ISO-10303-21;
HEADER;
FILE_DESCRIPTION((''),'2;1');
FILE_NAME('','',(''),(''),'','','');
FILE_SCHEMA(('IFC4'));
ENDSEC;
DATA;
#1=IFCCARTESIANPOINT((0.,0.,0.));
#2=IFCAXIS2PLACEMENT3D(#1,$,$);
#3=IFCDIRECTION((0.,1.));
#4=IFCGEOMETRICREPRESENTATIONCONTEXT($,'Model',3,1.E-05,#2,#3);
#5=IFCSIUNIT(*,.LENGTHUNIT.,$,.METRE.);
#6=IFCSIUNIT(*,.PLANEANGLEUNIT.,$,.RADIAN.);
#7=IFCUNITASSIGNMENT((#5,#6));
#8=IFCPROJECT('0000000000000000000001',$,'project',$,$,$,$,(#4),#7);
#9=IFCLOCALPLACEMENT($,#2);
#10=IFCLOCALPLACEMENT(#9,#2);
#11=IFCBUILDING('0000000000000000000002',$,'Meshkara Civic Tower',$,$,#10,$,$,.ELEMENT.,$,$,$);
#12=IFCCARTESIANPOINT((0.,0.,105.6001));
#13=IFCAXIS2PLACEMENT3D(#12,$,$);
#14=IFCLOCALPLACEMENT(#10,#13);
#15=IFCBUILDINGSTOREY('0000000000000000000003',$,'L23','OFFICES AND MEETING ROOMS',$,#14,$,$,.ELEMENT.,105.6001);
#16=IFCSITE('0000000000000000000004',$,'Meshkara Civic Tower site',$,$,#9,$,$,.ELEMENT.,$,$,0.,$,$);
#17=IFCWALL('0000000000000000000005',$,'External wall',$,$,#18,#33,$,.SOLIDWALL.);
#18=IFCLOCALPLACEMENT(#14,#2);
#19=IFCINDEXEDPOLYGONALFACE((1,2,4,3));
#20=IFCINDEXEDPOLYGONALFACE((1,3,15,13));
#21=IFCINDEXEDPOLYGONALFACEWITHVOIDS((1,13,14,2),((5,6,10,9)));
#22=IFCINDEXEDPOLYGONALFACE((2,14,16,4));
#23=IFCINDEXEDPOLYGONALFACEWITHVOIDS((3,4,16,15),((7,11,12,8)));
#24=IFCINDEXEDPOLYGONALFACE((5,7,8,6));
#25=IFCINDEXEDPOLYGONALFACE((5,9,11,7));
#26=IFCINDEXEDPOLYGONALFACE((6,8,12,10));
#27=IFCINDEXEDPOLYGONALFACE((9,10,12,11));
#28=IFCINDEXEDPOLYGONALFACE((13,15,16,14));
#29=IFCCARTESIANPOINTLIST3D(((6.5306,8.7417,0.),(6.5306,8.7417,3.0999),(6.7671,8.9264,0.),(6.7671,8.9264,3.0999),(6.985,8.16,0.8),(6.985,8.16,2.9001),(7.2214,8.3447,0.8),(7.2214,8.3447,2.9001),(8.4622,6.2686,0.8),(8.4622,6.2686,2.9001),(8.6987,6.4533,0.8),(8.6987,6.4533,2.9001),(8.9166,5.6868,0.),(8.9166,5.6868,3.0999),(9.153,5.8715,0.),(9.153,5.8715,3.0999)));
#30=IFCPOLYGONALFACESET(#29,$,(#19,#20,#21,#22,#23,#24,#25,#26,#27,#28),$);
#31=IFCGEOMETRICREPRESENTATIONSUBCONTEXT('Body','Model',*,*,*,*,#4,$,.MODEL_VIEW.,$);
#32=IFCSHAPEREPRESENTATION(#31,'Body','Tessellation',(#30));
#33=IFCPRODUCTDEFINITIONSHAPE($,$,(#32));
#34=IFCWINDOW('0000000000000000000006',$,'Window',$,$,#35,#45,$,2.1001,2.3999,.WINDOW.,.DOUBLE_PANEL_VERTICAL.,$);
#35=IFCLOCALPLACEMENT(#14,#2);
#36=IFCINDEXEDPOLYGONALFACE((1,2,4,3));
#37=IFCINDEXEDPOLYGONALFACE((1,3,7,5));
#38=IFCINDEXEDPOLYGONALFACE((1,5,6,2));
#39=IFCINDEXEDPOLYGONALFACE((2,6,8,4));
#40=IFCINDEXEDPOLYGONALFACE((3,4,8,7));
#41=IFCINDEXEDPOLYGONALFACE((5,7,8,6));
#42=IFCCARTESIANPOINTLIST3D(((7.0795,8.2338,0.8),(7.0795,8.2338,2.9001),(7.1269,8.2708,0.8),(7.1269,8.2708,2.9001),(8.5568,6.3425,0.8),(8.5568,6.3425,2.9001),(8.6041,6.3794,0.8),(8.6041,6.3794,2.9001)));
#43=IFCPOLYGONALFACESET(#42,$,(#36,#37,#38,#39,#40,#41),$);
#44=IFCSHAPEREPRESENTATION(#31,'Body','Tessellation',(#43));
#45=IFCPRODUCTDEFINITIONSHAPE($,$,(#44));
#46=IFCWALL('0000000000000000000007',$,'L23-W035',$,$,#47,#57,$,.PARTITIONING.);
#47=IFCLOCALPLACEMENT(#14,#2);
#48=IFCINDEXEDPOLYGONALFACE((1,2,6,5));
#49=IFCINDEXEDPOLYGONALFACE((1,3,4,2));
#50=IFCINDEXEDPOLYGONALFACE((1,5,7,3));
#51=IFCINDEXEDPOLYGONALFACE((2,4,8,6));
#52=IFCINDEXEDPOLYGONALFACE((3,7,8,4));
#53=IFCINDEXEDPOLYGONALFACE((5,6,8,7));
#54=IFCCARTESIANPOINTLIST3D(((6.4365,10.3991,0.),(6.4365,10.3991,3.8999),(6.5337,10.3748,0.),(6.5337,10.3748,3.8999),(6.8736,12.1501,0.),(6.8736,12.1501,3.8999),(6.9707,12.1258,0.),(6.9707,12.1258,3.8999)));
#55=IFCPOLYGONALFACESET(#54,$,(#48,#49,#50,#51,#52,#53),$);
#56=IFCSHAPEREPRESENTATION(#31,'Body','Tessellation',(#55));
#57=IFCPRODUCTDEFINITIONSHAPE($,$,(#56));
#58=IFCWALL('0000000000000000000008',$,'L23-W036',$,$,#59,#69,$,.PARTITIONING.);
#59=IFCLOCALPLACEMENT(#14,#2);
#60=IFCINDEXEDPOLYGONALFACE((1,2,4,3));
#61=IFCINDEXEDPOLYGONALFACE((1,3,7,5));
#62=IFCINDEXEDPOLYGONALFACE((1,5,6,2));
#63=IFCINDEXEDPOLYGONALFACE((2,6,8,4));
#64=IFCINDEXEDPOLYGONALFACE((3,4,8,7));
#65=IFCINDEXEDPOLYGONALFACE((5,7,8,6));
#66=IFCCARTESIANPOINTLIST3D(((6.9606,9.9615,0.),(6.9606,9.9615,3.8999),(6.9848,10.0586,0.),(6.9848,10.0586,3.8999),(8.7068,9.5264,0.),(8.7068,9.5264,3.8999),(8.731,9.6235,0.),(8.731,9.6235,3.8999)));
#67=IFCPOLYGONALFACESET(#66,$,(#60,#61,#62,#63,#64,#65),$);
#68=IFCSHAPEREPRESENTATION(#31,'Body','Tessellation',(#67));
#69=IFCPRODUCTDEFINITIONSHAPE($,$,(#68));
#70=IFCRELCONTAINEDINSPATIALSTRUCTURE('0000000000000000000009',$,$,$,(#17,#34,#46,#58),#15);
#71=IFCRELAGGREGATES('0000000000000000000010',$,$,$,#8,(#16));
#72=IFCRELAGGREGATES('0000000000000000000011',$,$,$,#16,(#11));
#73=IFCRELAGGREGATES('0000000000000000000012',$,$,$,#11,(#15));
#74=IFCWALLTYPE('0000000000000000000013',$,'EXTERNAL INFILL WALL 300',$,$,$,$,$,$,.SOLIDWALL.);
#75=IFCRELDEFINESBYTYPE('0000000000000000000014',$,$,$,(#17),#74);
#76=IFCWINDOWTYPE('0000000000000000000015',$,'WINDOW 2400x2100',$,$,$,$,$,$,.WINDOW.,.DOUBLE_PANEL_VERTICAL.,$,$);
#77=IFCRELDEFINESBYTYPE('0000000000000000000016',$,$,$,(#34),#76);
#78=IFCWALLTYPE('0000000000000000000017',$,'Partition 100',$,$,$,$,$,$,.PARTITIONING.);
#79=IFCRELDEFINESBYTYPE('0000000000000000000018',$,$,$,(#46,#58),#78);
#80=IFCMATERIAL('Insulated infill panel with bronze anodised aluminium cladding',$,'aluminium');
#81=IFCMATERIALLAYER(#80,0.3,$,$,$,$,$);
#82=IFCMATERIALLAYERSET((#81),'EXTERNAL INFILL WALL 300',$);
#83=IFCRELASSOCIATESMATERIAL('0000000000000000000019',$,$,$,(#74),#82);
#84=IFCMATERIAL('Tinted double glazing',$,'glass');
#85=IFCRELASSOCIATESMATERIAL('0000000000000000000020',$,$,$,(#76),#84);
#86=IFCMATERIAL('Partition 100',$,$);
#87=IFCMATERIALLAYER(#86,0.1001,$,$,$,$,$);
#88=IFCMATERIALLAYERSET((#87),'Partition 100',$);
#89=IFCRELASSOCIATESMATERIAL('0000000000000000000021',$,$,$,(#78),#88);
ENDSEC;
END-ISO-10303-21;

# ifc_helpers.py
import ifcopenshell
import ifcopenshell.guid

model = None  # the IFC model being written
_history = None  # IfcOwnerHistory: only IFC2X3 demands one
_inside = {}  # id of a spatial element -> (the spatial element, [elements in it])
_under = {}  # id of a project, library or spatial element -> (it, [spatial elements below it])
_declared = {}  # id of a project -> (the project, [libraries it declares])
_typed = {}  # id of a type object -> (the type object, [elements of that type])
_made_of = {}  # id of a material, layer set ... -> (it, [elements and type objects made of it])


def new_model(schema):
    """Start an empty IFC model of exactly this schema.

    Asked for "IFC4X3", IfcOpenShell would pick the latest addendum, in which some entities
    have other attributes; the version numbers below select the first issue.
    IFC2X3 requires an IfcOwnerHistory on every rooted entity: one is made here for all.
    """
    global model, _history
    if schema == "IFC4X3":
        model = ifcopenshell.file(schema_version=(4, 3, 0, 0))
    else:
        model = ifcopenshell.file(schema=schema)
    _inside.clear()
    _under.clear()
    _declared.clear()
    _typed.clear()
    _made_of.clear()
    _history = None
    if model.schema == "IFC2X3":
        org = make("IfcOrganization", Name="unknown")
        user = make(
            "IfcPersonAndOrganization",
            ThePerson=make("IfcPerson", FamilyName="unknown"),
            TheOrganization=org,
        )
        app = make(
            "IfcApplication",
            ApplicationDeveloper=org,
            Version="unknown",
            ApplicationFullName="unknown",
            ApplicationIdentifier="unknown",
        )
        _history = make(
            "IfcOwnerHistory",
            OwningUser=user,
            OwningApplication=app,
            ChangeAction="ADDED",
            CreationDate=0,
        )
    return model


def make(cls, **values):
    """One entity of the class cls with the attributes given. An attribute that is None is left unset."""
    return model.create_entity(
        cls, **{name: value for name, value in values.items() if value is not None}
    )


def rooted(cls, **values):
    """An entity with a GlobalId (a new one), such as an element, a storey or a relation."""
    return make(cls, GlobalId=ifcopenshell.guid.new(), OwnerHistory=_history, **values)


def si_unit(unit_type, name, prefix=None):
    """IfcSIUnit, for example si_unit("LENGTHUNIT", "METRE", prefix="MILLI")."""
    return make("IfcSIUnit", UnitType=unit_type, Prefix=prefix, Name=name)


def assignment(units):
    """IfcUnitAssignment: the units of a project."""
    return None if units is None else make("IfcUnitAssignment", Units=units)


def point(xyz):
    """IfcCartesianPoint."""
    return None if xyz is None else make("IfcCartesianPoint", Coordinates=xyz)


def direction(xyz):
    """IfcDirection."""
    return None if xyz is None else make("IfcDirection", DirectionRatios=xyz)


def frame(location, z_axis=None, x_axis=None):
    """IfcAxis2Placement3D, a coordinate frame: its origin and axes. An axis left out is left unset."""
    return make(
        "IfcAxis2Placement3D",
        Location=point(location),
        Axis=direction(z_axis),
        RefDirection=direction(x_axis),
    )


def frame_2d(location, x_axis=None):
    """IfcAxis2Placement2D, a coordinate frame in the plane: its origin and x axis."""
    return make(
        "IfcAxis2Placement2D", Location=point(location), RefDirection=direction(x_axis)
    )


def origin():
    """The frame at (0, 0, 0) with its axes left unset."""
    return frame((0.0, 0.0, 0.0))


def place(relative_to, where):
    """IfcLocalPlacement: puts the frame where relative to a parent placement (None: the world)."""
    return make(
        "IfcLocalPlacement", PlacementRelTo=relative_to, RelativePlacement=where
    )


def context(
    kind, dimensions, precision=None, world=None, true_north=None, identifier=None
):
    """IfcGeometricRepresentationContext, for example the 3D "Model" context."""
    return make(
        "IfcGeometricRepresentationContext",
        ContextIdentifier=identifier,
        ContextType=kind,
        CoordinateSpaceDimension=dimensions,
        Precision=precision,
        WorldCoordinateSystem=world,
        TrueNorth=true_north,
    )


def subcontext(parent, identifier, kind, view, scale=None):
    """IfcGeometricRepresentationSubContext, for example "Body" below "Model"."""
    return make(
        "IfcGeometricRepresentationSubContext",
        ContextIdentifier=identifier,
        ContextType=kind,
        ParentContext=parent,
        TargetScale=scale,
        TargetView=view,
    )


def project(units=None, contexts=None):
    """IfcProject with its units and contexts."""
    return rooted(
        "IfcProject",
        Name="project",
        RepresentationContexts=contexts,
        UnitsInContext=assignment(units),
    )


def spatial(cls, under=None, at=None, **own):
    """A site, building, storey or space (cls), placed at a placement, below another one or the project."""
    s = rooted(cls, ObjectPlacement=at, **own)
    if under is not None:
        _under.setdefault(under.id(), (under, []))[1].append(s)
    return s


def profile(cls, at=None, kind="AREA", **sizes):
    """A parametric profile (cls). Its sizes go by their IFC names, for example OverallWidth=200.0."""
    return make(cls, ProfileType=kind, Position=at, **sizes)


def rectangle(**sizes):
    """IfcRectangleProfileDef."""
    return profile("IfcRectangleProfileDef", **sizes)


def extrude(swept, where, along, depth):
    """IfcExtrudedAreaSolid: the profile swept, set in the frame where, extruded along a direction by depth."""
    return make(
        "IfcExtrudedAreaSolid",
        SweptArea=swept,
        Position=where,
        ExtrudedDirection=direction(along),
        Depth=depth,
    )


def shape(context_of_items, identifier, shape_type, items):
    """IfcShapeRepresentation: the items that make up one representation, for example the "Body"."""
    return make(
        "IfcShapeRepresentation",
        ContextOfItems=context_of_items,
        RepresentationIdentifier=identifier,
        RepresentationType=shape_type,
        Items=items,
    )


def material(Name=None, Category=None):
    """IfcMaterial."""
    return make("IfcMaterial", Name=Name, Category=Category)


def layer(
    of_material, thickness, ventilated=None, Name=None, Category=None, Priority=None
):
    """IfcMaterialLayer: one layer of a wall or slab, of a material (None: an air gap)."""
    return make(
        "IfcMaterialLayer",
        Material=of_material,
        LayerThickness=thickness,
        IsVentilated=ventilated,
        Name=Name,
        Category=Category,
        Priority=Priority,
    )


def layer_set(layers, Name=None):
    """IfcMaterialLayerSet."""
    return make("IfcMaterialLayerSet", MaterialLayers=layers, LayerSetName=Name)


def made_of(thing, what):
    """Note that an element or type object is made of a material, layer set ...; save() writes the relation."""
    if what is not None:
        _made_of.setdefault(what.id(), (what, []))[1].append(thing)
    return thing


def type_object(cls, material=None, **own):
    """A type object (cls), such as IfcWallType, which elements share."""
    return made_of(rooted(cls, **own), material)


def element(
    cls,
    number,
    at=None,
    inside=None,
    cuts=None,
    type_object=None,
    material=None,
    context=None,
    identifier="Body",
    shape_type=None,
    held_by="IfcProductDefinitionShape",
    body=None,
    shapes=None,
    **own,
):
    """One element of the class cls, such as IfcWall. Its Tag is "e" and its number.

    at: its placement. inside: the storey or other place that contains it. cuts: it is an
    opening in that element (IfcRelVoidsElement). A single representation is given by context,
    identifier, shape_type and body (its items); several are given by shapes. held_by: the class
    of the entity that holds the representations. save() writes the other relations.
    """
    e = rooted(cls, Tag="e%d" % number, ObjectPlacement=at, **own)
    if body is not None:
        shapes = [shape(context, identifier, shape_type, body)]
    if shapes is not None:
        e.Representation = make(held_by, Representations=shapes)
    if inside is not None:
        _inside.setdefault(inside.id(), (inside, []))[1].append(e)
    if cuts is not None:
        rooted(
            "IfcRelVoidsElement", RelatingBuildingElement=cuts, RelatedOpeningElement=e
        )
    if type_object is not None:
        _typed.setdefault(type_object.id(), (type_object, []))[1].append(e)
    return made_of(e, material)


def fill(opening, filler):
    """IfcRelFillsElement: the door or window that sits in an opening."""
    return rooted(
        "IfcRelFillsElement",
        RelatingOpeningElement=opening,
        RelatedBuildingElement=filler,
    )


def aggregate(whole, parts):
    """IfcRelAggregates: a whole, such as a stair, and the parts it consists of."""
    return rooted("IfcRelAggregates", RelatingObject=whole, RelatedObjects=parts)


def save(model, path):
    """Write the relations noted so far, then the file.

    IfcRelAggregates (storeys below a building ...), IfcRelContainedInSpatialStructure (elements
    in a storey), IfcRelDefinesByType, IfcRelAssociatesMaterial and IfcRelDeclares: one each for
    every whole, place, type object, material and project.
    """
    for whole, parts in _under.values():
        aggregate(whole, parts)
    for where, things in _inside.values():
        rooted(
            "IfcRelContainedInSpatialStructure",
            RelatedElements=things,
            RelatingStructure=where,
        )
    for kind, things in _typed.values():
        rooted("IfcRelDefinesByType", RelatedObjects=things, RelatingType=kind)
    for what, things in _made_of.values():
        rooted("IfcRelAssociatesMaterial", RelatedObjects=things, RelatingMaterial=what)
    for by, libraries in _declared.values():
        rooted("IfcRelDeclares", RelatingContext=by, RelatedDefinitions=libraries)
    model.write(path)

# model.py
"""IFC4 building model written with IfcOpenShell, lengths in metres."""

from ifc_helpers import new_model, si_unit, direction, frame, frame_2d, origin, place, context, subcontext, project, spatial, rectangle, extrude, material, layer, layer_set, type_object, element, fill, save


model = new_model("IFC4")

# Units and contexts
model_context = context("Model", 3, precision=1e-05, world=origin(), true_north=direction((0.0, 1.0)))
body_context = subcontext(model_context, "Body", "Model", "MODEL_VIEW")
ifc_project = project(units=[si_unit("LENGTHUNIT", "METRE"), si_unit("PLANEANGLEUNIT", "RADIAN")], contexts=[model_context])

# Site, building, storey
site_placement = place(None, origin())
site = spatial("IfcSite", under=ifc_project, at=site_placement, Name="Meshkara Civic Tower site", CompositionType="ELEMENT", RefElevation=0.0)
building_placement = place(site_placement, origin())
building = spatial("IfcBuilding", under=site, at=building_placement, Name="Meshkara Civic Tower", CompositionType="ELEMENT")
storey_placement = place(building_placement, frame((0.0, 0.0, 105.6001)))
storey = spatial("IfcBuildingStorey", under=building, at=storey_placement, Name="L23", Description="OFFICES AND MEETING ROOMS", CompositionType="ELEMENT", Elevation=105.6001)

# Wall, opening, window
ifc_material_1 = material(Name="Insulated infill panel with bronze anodised aluminium cladding", Category="aluminium")
ifc_layer_1 = layer(ifc_material_1, 0.3)
ifc_layer_set_1 = layer_set([ifc_layer_1], Name="EXTERNAL INFILL WALL 300")
wall_type_1 = type_object("IfcWallType", Name="EXTERNAL INFILL WALL 300", PredefinedType="SOLIDWALL", material=ifc_layer_set_1)
wall_1_placement = place(storey_placement, frame((6.6489, 8.834, 0.0), z_axis=(0.0, 0.0, 1.0), x_axis=(0.615535, -0.788109, 0.0)))
wall_1 = element("IfcWall", 1, at=wall_1_placement, inside=storey, type_object=wall_type_1, Name="External wall", PredefinedType="SOLIDWALL", context=body_context, shape_type="SweptSolid", body=[
    extrude(rectangle(XDim=3.8762, YDim=0.3, at=frame_2d((1.938, 0.0))), origin(), (0.0, 0.0, 1.0), 3.0999),
])
opening_1_placement = place(wall_1_placement, frame((0.738, 0.0, 0.8)))
opening_1 = element("IfcOpeningElement", 2, at=opening_1_placement, cuts=wall_1, PredefinedType="OPENING", context=body_context, shape_type="SweptSolid", body=[
    extrude(rectangle(XDim=2.3999, YDim=2.1001, at=frame_2d((1.2, 1.05))), frame((0.0, 0.1599, 0.0), z_axis=(0.0, -1.0, 0.0), x_axis=(1.0, 0.0, 0.0)), (0.0, 0.0, 1.0), 0.3201),
])
ifc_material_2 = material(Name="Tinted double glazing", Category="glass")
window_type = type_object("IfcWindowType", Name="WINDOW 2400x2100", PartitioningType="DOUBLE_PANEL_VERTICAL", PredefinedType="WINDOW", material=ifc_material_2)
window_placement = place(opening_1_placement, origin())
window = element("IfcWindow", 3, at=window_placement, inside=storey, type_object=window_type, Name="Window", OverallHeight=2.1001, OverallWidth=2.3999, PartitioningType="DOUBLE_PANEL_VERTICAL", PredefinedType="WINDOW", context=body_context, shape_type="SweptSolid", body=[
    extrude(rectangle(XDim=2.3999, YDim=2.1001, at=frame_2d((1.2, 1.05))), frame((0.0, 0.03, 0.0), z_axis=(0.0, -1.0, 0.0), x_axis=(1.0, 0.0, 0.0)), (0.0, 0.0, 1.0), 0.0601),
])
fill(opening_1, window)

# Walls
ifc_material_3 = material(Name="Partition 100")
ifc_layer_2 = layer(ifc_material_3, 0.1001)
ifc_layer_set_2 = layer_set([ifc_layer_2], Name="Partition 100")
wall_type_2 = type_object("IfcWallType", Name="Partition 100", PredefinedType="PARTITIONING", material=ifc_layer_set_2)
wall_2_placement = place(storey_placement, frame((6.9221, 12.1379, 0.0), z_axis=(0.0, 0.0, 1.0), x_axis=(-0.242154, -0.970238, 0.0)))
element("IfcWall", 4, at=wall_2_placement, inside=storey, type_object=wall_type_2, Name="L23-W035", PredefinedType="PARTITIONING", context=body_context, shape_type="SweptSolid", body=[
    extrude(rectangle(XDim=1.8047, YDim=0.1001, at=frame_2d((0.9023, 0.0))), origin(), (0.0, 0.0, 1.0), 3.8999),
])
wall_3_placement = place(storey_placement, frame((8.719, 9.575, 0.0), z_axis=(0.0, 0.0, 1.0), x_axis=(-0.970334, 0.241769, 0.0)))
element("IfcWall", 5, at=wall_3_placement, inside=storey, type_object=wall_type_2, Name="L23-W036", PredefinedType="PARTITIONING", context=body_context, shape_type="SweptSolid", body=[
    extrude(rectangle(XDim=1.7996, YDim=0.1001, at=frame_2d((0.8999, 0.0))), origin(), (0.0, 0.0, 1.0), 3.8999),
])

save(model, "model.ifc")
